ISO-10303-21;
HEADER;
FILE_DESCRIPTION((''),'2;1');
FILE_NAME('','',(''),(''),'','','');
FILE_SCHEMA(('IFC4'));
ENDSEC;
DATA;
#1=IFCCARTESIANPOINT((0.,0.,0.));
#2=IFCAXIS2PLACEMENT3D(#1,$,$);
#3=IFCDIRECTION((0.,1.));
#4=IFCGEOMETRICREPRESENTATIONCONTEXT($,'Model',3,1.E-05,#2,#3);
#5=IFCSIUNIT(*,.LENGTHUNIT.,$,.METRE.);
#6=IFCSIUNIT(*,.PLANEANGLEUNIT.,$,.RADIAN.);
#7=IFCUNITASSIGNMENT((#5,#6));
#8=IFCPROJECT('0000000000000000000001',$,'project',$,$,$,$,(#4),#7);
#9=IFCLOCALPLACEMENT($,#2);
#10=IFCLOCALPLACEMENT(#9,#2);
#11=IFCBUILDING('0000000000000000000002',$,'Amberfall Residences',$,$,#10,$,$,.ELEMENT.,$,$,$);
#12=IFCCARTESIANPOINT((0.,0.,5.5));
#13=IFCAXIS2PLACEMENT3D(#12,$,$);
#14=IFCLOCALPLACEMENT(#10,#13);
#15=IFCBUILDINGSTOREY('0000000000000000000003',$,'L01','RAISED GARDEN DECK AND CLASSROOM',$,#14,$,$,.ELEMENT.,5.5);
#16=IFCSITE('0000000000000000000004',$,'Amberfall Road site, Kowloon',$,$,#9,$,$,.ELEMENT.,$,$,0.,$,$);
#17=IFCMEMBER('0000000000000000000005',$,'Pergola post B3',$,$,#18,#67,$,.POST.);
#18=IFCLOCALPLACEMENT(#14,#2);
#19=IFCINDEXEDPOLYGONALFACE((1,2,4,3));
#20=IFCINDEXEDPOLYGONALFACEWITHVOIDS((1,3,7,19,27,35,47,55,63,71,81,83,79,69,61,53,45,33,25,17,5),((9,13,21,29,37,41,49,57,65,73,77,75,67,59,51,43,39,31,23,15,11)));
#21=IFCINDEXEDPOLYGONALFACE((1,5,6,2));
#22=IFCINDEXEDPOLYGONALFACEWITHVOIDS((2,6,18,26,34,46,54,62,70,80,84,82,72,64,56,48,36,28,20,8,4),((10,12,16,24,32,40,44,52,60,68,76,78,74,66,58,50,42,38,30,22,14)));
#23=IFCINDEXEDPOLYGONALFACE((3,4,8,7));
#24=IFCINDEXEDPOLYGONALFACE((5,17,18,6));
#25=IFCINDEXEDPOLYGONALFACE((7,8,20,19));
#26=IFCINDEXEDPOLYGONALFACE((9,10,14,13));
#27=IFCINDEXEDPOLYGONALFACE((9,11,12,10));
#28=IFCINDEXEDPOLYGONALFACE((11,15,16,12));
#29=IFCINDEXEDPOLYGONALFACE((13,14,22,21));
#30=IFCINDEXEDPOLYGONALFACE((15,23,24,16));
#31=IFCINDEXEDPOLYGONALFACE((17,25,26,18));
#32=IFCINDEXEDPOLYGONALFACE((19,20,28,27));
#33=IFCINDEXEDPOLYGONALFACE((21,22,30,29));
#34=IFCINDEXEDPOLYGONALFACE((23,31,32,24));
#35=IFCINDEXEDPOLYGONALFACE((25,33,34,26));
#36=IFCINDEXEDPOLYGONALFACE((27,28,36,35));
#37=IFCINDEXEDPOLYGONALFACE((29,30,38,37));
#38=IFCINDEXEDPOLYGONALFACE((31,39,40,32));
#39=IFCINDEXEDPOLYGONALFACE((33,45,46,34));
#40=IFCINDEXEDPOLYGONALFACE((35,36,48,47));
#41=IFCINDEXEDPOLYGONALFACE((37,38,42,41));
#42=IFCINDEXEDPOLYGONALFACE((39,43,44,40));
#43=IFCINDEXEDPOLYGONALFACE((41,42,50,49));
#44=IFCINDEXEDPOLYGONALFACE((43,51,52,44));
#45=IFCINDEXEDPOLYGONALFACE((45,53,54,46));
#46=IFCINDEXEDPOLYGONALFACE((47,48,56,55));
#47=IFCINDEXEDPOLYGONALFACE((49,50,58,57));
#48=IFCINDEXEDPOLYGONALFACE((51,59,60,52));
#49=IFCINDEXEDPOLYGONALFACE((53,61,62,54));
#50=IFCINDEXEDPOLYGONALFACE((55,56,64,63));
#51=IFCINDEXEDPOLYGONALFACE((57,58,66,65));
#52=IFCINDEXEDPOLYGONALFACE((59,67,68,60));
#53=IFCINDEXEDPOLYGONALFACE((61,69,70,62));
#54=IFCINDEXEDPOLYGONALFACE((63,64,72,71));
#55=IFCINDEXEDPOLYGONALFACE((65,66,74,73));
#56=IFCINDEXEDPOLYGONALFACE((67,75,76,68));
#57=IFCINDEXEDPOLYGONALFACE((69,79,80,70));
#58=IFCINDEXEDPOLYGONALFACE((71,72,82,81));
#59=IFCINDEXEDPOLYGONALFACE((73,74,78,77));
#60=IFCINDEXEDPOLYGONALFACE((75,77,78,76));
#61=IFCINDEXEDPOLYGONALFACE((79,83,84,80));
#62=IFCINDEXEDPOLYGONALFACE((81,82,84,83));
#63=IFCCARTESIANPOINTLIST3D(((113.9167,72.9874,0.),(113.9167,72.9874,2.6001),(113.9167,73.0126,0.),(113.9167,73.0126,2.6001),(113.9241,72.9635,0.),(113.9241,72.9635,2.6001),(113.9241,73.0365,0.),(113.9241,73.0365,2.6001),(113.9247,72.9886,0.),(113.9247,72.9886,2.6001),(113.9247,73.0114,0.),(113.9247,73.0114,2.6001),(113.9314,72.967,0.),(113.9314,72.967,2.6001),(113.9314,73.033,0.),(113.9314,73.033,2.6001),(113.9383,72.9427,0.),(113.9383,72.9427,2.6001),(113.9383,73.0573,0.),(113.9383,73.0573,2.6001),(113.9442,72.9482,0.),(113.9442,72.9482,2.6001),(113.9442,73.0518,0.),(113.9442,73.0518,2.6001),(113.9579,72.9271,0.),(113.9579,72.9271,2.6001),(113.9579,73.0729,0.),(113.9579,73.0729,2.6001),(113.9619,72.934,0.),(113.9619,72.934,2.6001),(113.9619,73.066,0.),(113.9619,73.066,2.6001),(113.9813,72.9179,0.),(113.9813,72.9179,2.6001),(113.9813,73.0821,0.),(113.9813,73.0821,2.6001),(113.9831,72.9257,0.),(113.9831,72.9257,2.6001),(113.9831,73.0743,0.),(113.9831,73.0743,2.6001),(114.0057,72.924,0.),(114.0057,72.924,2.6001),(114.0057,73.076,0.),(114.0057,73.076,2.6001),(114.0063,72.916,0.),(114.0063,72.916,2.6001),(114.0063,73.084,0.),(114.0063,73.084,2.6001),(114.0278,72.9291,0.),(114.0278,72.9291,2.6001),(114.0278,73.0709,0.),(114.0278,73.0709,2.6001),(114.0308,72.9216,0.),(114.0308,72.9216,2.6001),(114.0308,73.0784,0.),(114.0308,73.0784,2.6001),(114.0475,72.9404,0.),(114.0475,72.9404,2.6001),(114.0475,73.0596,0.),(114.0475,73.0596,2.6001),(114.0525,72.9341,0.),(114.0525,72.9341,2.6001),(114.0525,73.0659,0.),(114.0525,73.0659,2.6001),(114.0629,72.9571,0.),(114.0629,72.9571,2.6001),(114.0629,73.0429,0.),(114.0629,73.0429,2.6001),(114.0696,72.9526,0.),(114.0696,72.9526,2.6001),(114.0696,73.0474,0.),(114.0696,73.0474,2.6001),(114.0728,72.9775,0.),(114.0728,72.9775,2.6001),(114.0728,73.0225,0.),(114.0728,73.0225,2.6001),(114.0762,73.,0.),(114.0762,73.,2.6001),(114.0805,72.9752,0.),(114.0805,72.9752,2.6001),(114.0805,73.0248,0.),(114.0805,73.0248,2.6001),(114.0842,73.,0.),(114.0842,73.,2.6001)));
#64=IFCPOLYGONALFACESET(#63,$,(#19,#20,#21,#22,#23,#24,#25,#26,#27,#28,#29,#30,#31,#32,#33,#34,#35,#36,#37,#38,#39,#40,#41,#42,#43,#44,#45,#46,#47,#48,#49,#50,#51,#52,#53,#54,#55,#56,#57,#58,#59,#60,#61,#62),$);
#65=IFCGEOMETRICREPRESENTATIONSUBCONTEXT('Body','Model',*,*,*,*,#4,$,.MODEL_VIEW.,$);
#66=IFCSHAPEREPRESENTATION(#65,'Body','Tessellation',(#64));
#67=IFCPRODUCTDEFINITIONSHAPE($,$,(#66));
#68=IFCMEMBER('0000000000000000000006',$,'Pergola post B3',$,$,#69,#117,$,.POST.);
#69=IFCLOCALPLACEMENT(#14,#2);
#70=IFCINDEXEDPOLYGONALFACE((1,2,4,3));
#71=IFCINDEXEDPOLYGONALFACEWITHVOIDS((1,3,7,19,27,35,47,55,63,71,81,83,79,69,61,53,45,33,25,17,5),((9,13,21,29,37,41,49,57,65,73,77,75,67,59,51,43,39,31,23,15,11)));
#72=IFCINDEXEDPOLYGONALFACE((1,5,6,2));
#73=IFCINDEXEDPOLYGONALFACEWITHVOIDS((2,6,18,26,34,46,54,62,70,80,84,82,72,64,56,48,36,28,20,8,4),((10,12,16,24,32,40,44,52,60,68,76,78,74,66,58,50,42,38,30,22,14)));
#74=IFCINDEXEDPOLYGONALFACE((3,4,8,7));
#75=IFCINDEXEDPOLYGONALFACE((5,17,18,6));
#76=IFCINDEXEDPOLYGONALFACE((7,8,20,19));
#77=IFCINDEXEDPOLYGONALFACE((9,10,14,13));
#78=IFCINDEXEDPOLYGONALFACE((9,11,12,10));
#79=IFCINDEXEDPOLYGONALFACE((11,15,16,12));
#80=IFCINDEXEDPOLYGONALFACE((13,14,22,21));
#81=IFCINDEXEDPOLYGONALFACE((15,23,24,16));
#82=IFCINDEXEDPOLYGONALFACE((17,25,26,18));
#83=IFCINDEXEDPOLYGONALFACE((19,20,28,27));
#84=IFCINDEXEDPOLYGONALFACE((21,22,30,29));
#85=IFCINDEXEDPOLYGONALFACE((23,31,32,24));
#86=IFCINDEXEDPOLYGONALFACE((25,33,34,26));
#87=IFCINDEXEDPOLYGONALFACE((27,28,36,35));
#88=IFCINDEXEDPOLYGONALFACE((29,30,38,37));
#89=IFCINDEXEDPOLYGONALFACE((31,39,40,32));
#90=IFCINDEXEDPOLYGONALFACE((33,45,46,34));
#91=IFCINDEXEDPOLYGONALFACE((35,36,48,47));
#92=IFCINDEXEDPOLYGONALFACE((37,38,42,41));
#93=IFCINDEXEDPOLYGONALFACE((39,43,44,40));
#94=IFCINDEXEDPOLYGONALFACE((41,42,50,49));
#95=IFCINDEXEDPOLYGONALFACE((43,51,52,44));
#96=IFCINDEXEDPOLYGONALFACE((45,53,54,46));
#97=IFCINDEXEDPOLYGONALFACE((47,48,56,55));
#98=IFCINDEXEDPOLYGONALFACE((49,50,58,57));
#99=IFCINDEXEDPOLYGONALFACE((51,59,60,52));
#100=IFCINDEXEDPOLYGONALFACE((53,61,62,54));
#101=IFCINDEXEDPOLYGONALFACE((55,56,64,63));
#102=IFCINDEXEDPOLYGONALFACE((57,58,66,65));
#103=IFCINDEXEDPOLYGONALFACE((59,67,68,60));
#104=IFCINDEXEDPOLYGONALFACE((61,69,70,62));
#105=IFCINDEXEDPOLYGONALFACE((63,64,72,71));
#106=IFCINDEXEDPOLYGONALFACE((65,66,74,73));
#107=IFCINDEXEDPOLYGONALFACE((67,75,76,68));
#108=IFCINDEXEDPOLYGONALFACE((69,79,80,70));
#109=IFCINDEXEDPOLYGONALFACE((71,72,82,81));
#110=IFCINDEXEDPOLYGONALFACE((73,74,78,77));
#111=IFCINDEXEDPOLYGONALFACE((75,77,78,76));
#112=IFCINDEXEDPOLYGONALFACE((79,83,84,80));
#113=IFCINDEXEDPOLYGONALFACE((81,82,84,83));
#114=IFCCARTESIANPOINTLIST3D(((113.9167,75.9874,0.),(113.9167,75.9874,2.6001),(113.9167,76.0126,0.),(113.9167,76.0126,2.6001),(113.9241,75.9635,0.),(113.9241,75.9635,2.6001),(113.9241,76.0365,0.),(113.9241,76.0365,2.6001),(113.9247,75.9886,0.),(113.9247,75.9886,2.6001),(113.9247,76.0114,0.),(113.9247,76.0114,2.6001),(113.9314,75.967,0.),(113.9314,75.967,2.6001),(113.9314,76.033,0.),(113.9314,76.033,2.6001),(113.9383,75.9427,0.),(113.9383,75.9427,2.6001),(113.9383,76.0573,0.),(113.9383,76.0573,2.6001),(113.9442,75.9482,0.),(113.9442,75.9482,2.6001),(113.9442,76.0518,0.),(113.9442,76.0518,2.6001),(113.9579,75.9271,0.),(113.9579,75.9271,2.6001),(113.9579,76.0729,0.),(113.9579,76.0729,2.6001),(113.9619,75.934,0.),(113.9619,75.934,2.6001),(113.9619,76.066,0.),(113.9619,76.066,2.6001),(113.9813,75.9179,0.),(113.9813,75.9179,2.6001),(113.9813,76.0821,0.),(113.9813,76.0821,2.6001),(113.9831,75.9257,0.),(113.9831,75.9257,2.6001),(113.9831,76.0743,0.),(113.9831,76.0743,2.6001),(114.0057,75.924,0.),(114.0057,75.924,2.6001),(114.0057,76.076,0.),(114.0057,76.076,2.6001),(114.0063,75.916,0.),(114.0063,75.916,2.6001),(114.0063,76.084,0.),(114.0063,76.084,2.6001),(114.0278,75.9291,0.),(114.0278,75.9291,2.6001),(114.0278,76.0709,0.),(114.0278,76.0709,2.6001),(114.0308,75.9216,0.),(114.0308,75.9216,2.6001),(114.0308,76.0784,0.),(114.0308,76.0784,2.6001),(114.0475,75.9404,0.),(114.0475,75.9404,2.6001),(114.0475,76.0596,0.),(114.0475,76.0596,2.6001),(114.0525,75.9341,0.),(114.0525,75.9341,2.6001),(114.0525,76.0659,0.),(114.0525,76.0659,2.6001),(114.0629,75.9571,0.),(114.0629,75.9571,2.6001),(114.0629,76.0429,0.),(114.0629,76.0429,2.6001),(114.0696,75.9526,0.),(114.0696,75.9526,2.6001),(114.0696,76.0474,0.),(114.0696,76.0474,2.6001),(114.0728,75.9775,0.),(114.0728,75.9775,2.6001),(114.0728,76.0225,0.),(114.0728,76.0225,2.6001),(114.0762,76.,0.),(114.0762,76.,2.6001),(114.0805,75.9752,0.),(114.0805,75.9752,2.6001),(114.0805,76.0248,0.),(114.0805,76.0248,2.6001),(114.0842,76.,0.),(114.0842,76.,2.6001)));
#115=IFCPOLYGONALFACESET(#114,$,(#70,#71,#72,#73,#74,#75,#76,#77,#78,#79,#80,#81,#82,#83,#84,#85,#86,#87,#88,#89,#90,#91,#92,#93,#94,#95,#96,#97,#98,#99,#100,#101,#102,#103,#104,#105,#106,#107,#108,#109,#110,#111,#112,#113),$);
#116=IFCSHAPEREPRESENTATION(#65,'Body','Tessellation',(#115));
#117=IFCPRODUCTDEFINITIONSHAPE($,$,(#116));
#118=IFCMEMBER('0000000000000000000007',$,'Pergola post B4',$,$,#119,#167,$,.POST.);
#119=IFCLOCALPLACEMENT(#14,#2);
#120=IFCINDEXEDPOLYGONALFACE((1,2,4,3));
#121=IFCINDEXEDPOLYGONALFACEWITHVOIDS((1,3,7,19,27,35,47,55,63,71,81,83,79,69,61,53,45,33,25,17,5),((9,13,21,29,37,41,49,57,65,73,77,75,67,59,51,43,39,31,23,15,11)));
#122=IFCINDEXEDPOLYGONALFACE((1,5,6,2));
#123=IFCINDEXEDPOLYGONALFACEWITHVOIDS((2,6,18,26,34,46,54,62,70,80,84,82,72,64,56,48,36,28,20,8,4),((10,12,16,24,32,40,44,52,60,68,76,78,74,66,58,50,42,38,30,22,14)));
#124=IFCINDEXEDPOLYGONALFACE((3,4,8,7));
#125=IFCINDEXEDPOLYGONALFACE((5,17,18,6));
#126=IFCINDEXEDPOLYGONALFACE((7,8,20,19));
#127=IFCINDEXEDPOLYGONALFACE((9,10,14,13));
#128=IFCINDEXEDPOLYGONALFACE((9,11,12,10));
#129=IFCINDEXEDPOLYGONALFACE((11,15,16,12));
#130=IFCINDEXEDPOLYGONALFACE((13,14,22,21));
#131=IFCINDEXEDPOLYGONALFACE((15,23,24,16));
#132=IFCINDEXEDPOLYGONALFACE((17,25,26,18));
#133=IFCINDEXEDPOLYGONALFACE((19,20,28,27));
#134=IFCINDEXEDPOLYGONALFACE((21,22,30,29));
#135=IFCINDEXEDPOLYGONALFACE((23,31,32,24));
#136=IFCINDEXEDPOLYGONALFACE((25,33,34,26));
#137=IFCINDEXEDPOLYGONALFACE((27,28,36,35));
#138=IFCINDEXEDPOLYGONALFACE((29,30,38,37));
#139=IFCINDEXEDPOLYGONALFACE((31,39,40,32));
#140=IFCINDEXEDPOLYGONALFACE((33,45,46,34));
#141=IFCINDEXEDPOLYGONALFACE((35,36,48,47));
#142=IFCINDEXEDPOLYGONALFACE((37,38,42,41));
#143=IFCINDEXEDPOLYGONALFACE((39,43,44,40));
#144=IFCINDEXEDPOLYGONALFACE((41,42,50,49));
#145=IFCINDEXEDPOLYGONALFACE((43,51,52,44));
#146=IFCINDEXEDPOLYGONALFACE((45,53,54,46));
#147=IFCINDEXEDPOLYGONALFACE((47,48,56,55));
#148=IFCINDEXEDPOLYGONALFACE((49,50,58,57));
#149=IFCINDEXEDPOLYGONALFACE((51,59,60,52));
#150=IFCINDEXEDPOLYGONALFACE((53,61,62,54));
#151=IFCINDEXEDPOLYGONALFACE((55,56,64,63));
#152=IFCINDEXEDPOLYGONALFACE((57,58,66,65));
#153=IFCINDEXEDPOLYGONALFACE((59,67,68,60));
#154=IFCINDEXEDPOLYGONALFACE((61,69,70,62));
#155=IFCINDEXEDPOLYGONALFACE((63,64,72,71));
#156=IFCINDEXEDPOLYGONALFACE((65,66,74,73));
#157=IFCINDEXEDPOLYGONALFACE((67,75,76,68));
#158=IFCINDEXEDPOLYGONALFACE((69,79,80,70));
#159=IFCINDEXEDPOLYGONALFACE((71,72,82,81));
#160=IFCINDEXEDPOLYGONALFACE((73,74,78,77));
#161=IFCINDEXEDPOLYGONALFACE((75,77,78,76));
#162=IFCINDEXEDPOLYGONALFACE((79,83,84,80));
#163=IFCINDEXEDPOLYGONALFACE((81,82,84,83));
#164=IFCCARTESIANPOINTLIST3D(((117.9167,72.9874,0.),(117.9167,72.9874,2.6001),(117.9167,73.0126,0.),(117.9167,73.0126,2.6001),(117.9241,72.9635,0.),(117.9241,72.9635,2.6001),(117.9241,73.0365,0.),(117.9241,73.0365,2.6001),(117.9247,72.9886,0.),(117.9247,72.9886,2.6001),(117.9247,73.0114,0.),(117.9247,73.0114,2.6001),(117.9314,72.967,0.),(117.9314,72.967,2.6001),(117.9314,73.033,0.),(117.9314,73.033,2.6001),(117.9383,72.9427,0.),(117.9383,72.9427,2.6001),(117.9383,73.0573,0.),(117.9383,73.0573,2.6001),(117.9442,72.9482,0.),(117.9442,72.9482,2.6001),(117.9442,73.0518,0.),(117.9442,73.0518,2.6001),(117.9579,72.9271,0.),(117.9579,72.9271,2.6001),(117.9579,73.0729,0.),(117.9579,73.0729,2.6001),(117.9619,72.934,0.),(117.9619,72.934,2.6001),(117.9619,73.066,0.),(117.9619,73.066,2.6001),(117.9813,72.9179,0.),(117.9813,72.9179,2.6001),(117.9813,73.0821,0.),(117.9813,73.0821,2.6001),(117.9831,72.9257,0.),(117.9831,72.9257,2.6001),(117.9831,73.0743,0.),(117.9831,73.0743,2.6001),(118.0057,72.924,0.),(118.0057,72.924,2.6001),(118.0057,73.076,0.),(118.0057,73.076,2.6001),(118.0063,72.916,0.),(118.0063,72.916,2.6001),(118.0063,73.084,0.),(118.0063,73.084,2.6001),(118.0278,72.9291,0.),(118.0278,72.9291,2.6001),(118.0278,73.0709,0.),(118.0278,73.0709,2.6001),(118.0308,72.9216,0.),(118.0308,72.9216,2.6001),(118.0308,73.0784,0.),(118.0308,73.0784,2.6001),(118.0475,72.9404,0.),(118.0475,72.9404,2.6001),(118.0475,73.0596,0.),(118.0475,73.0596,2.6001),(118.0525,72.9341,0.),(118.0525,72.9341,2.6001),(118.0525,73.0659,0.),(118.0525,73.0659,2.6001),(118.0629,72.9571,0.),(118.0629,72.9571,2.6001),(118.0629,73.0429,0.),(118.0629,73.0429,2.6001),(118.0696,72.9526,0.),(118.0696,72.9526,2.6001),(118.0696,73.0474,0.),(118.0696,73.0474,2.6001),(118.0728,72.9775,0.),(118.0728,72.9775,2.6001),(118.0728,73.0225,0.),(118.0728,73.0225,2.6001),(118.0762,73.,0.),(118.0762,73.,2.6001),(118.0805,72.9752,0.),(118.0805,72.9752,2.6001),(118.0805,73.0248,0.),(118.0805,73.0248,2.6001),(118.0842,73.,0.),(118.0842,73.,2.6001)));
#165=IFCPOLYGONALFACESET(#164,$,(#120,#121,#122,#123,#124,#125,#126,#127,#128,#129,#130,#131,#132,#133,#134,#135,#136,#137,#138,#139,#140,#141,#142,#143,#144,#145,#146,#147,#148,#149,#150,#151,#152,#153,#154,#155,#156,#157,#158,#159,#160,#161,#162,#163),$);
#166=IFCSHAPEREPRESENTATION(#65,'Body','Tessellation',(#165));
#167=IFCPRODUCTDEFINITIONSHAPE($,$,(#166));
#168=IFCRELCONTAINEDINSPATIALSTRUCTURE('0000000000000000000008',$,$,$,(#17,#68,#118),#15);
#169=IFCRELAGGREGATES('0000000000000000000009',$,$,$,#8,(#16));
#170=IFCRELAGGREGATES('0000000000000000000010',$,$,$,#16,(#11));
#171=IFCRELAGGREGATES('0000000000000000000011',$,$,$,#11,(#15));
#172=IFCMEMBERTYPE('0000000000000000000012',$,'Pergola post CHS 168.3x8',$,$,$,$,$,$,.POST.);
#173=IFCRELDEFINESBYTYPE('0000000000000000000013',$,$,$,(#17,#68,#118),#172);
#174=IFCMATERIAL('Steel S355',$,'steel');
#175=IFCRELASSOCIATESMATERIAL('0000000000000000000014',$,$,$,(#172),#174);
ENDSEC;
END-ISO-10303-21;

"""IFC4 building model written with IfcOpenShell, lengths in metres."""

from ifc_helpers import new_model, si_unit, direction, frame, origin, origin_2d, place, context, subcontext, project, spatial, hollow_circle, extrude, material, material_profile, profile_set, type_object, element, save


model = new_model("IFC4")

# Units and contexts
model_context = context("Model", 3, precision=1e-05, world=origin(), true_north=direction((0.0, 1.0)))
body_context = subcontext(model_context, "Body", "Model", "MODEL_VIEW")
ifc_project = project(units=[si_unit("LENGTHUNIT", "METRE"), si_unit("PLANEANGLEUNIT", "RADIAN")], contexts=[model_context])

# Site, building, storey
site_placement = place(None, origin())
site = spatial("IfcSite", under=ifc_project, at=site_placement, Name="Amberfall Road site, Kowloon", CompositionType="ELEMENT", RefElevation=0.0)
building_placement = place(site_placement, origin())
building = spatial("IfcBuilding", under=site, at=building_placement, Name="Amberfall Residences", CompositionType="ELEMENT")
storey_placement = place(building_placement, frame((0.0, 0.0, 5.5)))
storey = spatial("IfcBuildingStorey", under=building, at=storey_placement, Name="L01", Description="RAISED GARDEN DECK AND CLASSROOM", CompositionType="ELEMENT", Elevation=5.5)

# Members
ifc_material_1 = material(Name="Steel S355", Category="steel")
ifc_material_profile_1 = material_profile(ifc_material_1, hollow_circle(Radius=0.0842, WallThickness=0.0081, at=origin_2d()), Name="CHS 168.3x8")
ifc_profile_set_1 = profile_set([ifc_material_profile_1], Name="Steel S355")
member_type_1 = type_object("IfcMemberType", Name="Pergola post CHS 168.3x8", PredefinedType="POST", material=ifc_profile_set_1)
for number, where, z_axis, x_axis, name in (
    (1, (114.0, 73.0, 0.0), (0.0, 0.0, 1.0), (1.0, 0.0, 0.0), "Pergola post B3"),
    (2, (114.0, 76.0, 0.0), (0.0, 0.0, 1.0), (1.0, 0.0, 0.0), "Pergola post B3"),
    (3, (118.0, 73.0, 0.0), (0.0, 0.0, 1.0), (1.0, 0.0, 0.0), "Pergola post B4"),
):
    element("IfcMember", number, at=place(storey_placement, frame(where, z_axis=z_axis, x_axis=x_axis)), inside=storey, type_object=member_type_1, Name=name, PredefinedType="POST", context=body_context, shape_type="SweptSolid", body=[
        extrude(hollow_circle(Radius=0.0842, WallThickness=0.0081, at=origin_2d()), origin(), (0.0, 0.0, 1.0), 2.6001),
    ])

save(model, "model.ifc")
